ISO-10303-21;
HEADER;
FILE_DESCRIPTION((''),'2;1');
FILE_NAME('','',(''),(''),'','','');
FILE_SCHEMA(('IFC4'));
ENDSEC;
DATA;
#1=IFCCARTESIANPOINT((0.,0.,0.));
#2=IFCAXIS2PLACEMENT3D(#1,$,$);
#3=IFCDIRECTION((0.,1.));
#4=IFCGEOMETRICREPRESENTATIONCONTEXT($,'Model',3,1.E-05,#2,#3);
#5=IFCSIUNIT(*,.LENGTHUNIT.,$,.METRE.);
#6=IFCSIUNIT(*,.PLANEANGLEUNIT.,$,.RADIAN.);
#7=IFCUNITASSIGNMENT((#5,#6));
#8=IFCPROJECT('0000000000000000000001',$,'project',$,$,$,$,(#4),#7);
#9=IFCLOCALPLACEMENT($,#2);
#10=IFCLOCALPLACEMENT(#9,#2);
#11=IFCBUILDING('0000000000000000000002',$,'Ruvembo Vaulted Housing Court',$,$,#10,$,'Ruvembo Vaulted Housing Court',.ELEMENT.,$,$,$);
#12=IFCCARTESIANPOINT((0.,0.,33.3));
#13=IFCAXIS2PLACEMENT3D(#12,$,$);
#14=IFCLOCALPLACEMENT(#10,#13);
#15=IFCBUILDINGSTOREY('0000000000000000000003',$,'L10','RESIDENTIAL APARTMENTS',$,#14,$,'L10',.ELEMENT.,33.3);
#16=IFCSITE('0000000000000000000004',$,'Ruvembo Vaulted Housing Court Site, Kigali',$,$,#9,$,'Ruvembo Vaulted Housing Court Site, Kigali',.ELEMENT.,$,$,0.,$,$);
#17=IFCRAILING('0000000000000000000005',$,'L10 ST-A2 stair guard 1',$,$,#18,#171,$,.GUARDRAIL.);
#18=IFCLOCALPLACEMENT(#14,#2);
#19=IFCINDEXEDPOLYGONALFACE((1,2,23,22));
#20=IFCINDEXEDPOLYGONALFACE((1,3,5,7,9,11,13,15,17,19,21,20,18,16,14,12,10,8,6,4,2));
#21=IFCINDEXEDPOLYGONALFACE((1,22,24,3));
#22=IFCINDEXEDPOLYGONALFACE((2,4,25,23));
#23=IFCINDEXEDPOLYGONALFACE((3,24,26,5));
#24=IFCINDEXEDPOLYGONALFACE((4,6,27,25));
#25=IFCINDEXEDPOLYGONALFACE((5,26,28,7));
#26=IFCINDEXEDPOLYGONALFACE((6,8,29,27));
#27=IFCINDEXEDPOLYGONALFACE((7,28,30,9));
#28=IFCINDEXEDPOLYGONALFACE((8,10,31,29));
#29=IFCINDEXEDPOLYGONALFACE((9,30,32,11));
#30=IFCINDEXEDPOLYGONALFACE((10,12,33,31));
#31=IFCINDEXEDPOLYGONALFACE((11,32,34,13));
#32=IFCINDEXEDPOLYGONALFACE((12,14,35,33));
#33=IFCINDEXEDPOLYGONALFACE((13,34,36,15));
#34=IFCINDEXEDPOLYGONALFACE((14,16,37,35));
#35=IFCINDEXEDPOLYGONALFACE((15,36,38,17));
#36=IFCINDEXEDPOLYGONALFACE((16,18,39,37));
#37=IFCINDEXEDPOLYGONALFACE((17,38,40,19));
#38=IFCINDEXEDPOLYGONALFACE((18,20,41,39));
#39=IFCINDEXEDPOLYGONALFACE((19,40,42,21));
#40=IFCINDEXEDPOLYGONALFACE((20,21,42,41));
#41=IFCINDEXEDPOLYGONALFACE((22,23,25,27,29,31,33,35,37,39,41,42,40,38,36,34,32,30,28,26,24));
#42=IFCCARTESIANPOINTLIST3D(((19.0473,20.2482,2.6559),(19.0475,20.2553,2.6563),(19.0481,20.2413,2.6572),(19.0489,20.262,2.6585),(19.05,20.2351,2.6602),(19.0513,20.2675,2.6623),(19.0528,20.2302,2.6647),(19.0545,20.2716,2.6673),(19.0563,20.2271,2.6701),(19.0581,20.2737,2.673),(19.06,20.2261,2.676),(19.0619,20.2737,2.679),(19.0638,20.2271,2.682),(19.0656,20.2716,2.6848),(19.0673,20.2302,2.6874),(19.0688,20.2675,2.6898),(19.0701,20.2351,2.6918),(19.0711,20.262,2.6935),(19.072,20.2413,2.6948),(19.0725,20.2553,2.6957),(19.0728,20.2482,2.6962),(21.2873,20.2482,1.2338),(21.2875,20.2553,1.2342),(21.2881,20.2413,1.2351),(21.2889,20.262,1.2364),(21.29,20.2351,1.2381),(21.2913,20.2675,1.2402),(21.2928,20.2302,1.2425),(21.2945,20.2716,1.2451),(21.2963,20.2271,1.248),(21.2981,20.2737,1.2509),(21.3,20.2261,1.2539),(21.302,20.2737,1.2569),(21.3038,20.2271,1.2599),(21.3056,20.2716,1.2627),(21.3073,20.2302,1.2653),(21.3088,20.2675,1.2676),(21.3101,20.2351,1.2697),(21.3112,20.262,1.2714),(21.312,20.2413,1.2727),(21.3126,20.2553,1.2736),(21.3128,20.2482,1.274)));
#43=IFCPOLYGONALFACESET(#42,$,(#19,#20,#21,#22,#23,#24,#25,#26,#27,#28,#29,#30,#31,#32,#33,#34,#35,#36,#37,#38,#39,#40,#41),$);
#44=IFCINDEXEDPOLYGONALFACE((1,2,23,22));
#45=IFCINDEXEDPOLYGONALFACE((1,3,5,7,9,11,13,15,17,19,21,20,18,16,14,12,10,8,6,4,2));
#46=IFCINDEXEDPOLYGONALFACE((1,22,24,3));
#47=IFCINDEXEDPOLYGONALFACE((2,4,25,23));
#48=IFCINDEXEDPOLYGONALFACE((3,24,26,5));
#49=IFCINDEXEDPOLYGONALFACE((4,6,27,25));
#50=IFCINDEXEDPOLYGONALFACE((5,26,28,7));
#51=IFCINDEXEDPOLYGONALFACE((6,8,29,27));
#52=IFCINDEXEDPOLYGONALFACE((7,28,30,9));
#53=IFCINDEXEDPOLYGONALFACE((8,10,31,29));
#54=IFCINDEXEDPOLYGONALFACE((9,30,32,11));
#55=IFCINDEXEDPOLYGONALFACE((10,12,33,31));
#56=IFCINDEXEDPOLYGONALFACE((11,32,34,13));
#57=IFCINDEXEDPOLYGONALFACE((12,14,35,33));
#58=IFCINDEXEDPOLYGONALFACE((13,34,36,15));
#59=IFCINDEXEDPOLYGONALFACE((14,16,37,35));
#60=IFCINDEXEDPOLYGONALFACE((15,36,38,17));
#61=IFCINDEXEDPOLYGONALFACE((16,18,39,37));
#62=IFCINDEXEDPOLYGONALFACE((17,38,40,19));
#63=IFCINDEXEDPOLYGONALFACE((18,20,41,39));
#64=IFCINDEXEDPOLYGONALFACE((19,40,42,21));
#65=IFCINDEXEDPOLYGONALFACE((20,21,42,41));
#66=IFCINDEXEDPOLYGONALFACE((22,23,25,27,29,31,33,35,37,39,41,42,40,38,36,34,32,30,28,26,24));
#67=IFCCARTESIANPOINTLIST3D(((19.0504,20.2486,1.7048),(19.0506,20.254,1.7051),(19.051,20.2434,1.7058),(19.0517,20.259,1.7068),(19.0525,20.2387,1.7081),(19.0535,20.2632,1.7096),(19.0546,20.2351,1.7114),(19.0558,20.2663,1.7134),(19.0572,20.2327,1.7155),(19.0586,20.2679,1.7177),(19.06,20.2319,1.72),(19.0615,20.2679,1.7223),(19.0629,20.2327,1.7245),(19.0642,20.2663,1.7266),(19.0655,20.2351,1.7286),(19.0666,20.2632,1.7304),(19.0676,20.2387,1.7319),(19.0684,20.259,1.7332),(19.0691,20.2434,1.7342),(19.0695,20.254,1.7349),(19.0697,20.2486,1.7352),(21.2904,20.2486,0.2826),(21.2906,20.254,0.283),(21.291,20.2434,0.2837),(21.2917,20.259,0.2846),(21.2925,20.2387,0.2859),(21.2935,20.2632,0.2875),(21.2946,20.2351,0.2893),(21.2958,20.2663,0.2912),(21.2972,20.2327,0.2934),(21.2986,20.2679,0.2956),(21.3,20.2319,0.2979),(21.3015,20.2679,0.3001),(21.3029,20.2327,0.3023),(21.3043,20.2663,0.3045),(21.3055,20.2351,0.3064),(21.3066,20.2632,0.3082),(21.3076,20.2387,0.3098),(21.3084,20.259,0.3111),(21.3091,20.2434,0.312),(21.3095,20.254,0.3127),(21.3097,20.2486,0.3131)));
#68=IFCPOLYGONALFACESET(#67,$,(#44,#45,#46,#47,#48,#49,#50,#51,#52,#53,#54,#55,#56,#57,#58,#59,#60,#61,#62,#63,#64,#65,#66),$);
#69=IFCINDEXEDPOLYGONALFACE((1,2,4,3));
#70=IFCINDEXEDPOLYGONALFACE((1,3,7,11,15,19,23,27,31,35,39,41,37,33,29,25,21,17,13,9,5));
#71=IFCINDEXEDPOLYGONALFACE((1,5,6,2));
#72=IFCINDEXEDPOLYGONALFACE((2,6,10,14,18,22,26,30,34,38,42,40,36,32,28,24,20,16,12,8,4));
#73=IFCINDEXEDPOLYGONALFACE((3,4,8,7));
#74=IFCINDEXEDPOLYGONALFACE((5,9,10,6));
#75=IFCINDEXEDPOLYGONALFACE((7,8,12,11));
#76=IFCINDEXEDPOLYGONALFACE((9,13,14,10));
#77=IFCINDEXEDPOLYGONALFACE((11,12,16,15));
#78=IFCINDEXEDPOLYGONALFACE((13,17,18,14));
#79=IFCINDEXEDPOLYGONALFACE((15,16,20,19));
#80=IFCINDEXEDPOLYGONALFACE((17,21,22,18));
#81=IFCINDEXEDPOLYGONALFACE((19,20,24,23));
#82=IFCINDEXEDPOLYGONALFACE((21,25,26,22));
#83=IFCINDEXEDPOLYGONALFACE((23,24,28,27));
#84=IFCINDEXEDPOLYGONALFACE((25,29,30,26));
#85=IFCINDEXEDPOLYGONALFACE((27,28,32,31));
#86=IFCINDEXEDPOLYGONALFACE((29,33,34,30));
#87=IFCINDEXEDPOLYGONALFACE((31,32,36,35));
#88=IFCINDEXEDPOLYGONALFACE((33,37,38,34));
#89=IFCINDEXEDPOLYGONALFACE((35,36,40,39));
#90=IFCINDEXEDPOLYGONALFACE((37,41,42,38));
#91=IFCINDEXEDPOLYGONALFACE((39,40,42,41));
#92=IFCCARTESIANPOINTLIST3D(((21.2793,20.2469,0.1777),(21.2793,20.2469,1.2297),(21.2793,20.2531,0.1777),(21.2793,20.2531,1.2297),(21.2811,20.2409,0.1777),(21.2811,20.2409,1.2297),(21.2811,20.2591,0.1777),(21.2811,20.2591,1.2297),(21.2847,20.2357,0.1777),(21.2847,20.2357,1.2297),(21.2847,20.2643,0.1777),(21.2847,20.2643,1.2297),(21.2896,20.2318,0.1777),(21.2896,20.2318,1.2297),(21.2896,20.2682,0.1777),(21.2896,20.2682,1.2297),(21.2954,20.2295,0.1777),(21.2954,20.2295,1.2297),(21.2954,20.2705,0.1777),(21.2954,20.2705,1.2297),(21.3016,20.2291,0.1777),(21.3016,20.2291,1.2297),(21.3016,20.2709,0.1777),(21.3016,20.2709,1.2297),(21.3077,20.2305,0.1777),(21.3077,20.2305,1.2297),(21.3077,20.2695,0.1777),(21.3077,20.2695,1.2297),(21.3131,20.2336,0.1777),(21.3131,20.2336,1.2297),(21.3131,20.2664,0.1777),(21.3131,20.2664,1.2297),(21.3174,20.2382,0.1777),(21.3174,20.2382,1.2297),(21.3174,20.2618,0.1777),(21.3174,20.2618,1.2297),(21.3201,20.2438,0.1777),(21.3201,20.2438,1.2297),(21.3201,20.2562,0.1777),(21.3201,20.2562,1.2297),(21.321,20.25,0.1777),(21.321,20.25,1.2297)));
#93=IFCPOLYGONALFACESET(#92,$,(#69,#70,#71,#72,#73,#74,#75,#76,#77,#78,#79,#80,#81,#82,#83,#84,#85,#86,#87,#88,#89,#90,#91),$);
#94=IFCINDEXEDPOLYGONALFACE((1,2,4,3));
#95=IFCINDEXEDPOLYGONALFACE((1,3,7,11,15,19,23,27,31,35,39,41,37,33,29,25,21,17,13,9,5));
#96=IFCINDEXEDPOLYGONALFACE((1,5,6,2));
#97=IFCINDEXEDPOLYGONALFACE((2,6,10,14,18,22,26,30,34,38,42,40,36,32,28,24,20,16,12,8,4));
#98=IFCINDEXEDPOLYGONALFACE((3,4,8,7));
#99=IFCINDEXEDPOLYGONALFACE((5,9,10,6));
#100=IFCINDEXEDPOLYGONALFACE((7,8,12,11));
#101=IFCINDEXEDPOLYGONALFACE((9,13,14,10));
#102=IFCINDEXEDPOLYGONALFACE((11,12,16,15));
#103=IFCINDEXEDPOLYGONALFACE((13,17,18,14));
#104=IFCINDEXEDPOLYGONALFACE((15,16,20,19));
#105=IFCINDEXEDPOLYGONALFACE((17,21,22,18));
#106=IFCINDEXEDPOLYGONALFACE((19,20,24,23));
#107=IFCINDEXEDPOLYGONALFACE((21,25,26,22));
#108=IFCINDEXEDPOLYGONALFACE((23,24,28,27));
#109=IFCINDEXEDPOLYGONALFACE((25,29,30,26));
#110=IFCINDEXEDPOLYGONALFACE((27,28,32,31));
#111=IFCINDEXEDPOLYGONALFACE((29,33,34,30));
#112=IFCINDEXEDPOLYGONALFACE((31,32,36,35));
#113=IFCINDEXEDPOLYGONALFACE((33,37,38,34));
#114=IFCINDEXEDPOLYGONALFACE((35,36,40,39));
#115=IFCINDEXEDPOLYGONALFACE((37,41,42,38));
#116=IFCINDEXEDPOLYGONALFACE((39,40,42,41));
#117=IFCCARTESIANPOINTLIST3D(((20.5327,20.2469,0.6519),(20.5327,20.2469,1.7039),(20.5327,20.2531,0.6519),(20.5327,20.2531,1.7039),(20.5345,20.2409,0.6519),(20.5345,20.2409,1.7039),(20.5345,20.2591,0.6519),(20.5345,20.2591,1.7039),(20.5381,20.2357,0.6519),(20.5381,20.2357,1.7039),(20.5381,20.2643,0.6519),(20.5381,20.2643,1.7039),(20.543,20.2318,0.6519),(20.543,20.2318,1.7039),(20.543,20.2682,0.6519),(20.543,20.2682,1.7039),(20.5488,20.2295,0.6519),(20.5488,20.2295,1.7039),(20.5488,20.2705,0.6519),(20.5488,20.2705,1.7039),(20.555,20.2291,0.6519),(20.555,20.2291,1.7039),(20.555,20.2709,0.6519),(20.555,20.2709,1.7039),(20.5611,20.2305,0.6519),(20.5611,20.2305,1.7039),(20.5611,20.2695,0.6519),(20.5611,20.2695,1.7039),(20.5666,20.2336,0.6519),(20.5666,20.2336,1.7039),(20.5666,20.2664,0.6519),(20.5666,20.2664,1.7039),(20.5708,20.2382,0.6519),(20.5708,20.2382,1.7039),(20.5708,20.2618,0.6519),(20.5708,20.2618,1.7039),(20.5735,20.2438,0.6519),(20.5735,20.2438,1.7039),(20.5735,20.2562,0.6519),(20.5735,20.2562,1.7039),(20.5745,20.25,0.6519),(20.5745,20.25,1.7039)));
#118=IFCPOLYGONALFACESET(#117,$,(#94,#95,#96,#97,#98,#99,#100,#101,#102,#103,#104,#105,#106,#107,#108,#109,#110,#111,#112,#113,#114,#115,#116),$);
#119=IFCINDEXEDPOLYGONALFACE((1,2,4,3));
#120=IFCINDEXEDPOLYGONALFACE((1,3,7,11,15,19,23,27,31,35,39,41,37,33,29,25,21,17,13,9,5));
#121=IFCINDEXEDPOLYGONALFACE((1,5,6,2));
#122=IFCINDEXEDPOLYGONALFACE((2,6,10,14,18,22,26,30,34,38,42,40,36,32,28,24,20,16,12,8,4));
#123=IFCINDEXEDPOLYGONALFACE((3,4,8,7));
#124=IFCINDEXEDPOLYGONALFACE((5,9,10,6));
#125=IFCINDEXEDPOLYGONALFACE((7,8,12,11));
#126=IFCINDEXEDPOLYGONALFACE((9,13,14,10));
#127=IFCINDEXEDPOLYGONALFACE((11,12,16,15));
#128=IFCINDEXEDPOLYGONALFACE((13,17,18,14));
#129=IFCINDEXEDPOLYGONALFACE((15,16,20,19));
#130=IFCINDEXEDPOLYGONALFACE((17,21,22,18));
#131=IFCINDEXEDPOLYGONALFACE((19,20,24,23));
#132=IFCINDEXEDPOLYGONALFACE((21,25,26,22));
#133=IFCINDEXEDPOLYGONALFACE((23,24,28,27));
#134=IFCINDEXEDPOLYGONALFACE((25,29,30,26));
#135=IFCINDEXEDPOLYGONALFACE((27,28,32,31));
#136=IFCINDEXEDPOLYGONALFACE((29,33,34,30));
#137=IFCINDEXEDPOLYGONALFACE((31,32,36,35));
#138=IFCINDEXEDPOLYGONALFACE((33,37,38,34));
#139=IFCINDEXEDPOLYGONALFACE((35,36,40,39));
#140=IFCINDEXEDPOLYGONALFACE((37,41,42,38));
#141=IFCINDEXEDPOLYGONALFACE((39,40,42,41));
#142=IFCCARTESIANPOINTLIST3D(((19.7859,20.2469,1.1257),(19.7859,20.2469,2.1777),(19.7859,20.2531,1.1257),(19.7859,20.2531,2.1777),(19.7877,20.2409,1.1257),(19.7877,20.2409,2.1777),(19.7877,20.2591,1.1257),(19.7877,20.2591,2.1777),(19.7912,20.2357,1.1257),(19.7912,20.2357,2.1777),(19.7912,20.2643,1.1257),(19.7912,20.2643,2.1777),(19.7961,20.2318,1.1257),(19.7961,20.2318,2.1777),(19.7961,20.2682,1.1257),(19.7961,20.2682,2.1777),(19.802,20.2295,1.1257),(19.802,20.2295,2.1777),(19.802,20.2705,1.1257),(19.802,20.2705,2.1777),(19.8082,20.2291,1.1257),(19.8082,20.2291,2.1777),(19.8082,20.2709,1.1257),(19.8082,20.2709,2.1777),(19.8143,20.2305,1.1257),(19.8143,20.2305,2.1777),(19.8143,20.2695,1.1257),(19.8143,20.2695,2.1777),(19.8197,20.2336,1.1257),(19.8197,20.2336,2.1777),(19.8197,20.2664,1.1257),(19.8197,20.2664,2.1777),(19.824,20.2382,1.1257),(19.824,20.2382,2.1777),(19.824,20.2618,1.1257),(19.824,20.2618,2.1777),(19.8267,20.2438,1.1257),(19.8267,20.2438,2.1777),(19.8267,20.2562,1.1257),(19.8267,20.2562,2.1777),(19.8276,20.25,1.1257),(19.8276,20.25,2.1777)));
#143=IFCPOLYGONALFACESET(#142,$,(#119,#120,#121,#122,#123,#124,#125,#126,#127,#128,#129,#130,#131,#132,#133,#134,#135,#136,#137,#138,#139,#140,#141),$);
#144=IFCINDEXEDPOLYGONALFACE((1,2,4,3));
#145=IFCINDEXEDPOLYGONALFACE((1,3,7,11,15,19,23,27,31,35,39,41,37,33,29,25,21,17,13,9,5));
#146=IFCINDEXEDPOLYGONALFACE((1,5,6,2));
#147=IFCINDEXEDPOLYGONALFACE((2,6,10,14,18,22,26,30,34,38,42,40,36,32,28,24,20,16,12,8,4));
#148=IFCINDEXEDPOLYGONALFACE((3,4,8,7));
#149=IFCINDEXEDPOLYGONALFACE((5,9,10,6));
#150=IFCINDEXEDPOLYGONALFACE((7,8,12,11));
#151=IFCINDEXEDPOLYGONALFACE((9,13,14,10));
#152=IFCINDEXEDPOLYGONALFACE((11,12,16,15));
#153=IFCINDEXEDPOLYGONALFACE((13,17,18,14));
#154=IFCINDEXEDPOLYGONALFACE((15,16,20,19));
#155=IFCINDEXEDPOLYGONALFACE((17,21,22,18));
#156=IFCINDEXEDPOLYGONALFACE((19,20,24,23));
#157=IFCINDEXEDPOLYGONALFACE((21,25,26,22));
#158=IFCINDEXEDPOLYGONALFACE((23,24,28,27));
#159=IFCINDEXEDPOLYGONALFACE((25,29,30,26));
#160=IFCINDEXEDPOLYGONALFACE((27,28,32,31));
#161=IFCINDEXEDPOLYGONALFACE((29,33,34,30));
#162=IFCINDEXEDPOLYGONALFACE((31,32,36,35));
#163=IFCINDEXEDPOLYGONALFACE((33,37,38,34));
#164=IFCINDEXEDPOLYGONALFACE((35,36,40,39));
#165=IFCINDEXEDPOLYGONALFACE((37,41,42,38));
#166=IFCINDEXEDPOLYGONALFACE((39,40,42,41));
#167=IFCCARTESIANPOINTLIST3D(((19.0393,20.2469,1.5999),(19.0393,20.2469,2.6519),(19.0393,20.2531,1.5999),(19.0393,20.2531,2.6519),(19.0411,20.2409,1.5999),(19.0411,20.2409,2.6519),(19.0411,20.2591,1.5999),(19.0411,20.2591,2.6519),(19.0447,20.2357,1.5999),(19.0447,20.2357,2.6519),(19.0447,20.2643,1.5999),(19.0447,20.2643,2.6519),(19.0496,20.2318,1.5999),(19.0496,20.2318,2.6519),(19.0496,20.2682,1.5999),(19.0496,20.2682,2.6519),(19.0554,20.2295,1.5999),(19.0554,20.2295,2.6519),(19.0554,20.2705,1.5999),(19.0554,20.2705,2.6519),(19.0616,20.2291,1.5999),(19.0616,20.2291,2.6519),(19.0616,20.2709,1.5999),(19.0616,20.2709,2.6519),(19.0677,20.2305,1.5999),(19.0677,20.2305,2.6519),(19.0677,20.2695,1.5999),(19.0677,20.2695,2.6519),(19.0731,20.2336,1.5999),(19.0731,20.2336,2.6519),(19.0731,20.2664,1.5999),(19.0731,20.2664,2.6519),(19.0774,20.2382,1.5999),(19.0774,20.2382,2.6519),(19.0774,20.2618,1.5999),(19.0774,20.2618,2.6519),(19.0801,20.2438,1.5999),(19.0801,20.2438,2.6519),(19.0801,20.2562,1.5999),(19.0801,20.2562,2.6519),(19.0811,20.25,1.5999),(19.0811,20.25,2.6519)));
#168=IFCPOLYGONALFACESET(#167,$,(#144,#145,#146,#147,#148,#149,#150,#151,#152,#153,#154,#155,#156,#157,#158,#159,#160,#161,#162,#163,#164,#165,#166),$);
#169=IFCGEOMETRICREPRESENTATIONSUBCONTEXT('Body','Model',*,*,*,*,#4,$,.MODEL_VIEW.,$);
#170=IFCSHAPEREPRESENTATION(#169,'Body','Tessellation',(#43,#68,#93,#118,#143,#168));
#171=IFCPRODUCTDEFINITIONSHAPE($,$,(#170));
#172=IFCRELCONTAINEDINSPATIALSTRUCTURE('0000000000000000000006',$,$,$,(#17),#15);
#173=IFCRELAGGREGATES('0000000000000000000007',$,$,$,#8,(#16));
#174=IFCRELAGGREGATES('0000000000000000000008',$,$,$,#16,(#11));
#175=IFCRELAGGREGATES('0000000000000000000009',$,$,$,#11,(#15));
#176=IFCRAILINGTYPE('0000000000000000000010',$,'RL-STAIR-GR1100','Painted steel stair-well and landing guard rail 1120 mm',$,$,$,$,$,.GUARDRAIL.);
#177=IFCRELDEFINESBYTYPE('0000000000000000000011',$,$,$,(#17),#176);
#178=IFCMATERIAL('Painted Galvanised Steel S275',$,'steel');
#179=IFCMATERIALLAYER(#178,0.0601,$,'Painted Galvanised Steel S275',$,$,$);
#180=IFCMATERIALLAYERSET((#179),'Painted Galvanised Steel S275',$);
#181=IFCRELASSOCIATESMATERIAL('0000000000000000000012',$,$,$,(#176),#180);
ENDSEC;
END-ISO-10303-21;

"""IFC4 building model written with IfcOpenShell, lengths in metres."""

from ifc_helpers import new_model, si_unit, direction, frame, origin, origin_2d, place, context, subcontext, project, spatial, circle, extrude, material, layer, layer_set, type_object, element, save


model = new_model("IFC4")

# Units and contexts
model_context = context("Model", 3, precision=1e-05, world=origin(), true_north=direction((0.0, 1.0)))
body_context = subcontext(model_context, "Body", "Model", "MODEL_VIEW")
ifc_project = project(units=[si_unit("LENGTHUNIT", "METRE"), si_unit("PLANEANGLEUNIT", "RADIAN")], contexts=[model_context])

# Site, building, storey
site_placement = place(None, origin())
site = spatial("IfcSite", under=ifc_project, at=site_placement, Name="Ruvembo Vaulted Housing Court Site, Kigali", LongName="Ruvembo Vaulted Housing Court Site, Kigali", CompositionType="ELEMENT", RefElevation=0.0)
building_placement = place(site_placement, origin())
building = spatial("IfcBuilding", under=site, at=building_placement, Name="Ruvembo Vaulted Housing Court", LongName="Ruvembo Vaulted Housing Court", CompositionType="ELEMENT")
storey_placement = place(building_placement, frame((0.0, 0.0, 33.3)))
storey = spatial("IfcBuildingStorey", under=building, at=storey_placement, Name="L10", Description="RESIDENTIAL APARTMENTS", LongName="L10", CompositionType="ELEMENT", Elevation=33.3)

# Railing
ifc_material_1 = material(Name="Painted Galvanised Steel S275", Category="steel")
ifc_layer_1 = layer(ifc_material_1, 0.0601, Name="Painted Galvanised Steel S275")
ifc_layer_set_1 = layer_set([ifc_layer_1], Name="Painted Galvanised Steel S275")
railing_type_1 = type_object("IfcRailingType", Name="RL-STAIR-GR1100", Description="Painted steel stair-well and landing guard rail 1120 mm", PredefinedType="GUARDRAIL", material=ifc_layer_set_1)
railing_1_placement = place(storey_placement, frame((21.3, 20.25, 0.1777)))
element("IfcRailing", 1, at=railing_1_placement, inside=storey, type_object=railing_type_1, Name="L10 ST-A2 stair guard 1", PredefinedType="GUARDRAIL", context=body_context, shape_type="SweptSolid", body=[
    extrude(circle(Radius=0.0239, at=origin_2d()), frame((0.0, 0.0, 1.0762), z_axis=(-0.844229, 0.0, 0.535982), x_axis=(0.0, -1.0, 0.0)), (0.0, 0.0, 1.0), 2.6533),
    extrude(circle(Radius=0.0181, at=origin_2d()), frame((0.0, 0.0, 0.1201), z_axis=(-0.844229, 0.0, 0.535982), x_axis=(0.0, -1.0, 0.0)), (0.0, 0.0, 1.0), 2.6533),
    extrude(circle(Radius=0.021, at=origin_2d()), origin(), (0.0, 0.0, 1.0), 1.052),
    extrude(circle(Radius=0.021, at=origin_2d()), frame((-0.7466, 0.0, 0.4741)), (0.0, 0.0, 1.0), 1.052),
    extrude(circle(Radius=0.021, at=origin_2d()), frame((-1.4934, 0.0, 0.948)), (0.0, 0.0, 1.0), 1.052),
    extrude(circle(Radius=0.021, at=origin_2d()), frame((-2.24, 0.0, 1.4221)), (0.0, 0.0, 1.0), 1.052),
])

save(model, "model.ifc")
